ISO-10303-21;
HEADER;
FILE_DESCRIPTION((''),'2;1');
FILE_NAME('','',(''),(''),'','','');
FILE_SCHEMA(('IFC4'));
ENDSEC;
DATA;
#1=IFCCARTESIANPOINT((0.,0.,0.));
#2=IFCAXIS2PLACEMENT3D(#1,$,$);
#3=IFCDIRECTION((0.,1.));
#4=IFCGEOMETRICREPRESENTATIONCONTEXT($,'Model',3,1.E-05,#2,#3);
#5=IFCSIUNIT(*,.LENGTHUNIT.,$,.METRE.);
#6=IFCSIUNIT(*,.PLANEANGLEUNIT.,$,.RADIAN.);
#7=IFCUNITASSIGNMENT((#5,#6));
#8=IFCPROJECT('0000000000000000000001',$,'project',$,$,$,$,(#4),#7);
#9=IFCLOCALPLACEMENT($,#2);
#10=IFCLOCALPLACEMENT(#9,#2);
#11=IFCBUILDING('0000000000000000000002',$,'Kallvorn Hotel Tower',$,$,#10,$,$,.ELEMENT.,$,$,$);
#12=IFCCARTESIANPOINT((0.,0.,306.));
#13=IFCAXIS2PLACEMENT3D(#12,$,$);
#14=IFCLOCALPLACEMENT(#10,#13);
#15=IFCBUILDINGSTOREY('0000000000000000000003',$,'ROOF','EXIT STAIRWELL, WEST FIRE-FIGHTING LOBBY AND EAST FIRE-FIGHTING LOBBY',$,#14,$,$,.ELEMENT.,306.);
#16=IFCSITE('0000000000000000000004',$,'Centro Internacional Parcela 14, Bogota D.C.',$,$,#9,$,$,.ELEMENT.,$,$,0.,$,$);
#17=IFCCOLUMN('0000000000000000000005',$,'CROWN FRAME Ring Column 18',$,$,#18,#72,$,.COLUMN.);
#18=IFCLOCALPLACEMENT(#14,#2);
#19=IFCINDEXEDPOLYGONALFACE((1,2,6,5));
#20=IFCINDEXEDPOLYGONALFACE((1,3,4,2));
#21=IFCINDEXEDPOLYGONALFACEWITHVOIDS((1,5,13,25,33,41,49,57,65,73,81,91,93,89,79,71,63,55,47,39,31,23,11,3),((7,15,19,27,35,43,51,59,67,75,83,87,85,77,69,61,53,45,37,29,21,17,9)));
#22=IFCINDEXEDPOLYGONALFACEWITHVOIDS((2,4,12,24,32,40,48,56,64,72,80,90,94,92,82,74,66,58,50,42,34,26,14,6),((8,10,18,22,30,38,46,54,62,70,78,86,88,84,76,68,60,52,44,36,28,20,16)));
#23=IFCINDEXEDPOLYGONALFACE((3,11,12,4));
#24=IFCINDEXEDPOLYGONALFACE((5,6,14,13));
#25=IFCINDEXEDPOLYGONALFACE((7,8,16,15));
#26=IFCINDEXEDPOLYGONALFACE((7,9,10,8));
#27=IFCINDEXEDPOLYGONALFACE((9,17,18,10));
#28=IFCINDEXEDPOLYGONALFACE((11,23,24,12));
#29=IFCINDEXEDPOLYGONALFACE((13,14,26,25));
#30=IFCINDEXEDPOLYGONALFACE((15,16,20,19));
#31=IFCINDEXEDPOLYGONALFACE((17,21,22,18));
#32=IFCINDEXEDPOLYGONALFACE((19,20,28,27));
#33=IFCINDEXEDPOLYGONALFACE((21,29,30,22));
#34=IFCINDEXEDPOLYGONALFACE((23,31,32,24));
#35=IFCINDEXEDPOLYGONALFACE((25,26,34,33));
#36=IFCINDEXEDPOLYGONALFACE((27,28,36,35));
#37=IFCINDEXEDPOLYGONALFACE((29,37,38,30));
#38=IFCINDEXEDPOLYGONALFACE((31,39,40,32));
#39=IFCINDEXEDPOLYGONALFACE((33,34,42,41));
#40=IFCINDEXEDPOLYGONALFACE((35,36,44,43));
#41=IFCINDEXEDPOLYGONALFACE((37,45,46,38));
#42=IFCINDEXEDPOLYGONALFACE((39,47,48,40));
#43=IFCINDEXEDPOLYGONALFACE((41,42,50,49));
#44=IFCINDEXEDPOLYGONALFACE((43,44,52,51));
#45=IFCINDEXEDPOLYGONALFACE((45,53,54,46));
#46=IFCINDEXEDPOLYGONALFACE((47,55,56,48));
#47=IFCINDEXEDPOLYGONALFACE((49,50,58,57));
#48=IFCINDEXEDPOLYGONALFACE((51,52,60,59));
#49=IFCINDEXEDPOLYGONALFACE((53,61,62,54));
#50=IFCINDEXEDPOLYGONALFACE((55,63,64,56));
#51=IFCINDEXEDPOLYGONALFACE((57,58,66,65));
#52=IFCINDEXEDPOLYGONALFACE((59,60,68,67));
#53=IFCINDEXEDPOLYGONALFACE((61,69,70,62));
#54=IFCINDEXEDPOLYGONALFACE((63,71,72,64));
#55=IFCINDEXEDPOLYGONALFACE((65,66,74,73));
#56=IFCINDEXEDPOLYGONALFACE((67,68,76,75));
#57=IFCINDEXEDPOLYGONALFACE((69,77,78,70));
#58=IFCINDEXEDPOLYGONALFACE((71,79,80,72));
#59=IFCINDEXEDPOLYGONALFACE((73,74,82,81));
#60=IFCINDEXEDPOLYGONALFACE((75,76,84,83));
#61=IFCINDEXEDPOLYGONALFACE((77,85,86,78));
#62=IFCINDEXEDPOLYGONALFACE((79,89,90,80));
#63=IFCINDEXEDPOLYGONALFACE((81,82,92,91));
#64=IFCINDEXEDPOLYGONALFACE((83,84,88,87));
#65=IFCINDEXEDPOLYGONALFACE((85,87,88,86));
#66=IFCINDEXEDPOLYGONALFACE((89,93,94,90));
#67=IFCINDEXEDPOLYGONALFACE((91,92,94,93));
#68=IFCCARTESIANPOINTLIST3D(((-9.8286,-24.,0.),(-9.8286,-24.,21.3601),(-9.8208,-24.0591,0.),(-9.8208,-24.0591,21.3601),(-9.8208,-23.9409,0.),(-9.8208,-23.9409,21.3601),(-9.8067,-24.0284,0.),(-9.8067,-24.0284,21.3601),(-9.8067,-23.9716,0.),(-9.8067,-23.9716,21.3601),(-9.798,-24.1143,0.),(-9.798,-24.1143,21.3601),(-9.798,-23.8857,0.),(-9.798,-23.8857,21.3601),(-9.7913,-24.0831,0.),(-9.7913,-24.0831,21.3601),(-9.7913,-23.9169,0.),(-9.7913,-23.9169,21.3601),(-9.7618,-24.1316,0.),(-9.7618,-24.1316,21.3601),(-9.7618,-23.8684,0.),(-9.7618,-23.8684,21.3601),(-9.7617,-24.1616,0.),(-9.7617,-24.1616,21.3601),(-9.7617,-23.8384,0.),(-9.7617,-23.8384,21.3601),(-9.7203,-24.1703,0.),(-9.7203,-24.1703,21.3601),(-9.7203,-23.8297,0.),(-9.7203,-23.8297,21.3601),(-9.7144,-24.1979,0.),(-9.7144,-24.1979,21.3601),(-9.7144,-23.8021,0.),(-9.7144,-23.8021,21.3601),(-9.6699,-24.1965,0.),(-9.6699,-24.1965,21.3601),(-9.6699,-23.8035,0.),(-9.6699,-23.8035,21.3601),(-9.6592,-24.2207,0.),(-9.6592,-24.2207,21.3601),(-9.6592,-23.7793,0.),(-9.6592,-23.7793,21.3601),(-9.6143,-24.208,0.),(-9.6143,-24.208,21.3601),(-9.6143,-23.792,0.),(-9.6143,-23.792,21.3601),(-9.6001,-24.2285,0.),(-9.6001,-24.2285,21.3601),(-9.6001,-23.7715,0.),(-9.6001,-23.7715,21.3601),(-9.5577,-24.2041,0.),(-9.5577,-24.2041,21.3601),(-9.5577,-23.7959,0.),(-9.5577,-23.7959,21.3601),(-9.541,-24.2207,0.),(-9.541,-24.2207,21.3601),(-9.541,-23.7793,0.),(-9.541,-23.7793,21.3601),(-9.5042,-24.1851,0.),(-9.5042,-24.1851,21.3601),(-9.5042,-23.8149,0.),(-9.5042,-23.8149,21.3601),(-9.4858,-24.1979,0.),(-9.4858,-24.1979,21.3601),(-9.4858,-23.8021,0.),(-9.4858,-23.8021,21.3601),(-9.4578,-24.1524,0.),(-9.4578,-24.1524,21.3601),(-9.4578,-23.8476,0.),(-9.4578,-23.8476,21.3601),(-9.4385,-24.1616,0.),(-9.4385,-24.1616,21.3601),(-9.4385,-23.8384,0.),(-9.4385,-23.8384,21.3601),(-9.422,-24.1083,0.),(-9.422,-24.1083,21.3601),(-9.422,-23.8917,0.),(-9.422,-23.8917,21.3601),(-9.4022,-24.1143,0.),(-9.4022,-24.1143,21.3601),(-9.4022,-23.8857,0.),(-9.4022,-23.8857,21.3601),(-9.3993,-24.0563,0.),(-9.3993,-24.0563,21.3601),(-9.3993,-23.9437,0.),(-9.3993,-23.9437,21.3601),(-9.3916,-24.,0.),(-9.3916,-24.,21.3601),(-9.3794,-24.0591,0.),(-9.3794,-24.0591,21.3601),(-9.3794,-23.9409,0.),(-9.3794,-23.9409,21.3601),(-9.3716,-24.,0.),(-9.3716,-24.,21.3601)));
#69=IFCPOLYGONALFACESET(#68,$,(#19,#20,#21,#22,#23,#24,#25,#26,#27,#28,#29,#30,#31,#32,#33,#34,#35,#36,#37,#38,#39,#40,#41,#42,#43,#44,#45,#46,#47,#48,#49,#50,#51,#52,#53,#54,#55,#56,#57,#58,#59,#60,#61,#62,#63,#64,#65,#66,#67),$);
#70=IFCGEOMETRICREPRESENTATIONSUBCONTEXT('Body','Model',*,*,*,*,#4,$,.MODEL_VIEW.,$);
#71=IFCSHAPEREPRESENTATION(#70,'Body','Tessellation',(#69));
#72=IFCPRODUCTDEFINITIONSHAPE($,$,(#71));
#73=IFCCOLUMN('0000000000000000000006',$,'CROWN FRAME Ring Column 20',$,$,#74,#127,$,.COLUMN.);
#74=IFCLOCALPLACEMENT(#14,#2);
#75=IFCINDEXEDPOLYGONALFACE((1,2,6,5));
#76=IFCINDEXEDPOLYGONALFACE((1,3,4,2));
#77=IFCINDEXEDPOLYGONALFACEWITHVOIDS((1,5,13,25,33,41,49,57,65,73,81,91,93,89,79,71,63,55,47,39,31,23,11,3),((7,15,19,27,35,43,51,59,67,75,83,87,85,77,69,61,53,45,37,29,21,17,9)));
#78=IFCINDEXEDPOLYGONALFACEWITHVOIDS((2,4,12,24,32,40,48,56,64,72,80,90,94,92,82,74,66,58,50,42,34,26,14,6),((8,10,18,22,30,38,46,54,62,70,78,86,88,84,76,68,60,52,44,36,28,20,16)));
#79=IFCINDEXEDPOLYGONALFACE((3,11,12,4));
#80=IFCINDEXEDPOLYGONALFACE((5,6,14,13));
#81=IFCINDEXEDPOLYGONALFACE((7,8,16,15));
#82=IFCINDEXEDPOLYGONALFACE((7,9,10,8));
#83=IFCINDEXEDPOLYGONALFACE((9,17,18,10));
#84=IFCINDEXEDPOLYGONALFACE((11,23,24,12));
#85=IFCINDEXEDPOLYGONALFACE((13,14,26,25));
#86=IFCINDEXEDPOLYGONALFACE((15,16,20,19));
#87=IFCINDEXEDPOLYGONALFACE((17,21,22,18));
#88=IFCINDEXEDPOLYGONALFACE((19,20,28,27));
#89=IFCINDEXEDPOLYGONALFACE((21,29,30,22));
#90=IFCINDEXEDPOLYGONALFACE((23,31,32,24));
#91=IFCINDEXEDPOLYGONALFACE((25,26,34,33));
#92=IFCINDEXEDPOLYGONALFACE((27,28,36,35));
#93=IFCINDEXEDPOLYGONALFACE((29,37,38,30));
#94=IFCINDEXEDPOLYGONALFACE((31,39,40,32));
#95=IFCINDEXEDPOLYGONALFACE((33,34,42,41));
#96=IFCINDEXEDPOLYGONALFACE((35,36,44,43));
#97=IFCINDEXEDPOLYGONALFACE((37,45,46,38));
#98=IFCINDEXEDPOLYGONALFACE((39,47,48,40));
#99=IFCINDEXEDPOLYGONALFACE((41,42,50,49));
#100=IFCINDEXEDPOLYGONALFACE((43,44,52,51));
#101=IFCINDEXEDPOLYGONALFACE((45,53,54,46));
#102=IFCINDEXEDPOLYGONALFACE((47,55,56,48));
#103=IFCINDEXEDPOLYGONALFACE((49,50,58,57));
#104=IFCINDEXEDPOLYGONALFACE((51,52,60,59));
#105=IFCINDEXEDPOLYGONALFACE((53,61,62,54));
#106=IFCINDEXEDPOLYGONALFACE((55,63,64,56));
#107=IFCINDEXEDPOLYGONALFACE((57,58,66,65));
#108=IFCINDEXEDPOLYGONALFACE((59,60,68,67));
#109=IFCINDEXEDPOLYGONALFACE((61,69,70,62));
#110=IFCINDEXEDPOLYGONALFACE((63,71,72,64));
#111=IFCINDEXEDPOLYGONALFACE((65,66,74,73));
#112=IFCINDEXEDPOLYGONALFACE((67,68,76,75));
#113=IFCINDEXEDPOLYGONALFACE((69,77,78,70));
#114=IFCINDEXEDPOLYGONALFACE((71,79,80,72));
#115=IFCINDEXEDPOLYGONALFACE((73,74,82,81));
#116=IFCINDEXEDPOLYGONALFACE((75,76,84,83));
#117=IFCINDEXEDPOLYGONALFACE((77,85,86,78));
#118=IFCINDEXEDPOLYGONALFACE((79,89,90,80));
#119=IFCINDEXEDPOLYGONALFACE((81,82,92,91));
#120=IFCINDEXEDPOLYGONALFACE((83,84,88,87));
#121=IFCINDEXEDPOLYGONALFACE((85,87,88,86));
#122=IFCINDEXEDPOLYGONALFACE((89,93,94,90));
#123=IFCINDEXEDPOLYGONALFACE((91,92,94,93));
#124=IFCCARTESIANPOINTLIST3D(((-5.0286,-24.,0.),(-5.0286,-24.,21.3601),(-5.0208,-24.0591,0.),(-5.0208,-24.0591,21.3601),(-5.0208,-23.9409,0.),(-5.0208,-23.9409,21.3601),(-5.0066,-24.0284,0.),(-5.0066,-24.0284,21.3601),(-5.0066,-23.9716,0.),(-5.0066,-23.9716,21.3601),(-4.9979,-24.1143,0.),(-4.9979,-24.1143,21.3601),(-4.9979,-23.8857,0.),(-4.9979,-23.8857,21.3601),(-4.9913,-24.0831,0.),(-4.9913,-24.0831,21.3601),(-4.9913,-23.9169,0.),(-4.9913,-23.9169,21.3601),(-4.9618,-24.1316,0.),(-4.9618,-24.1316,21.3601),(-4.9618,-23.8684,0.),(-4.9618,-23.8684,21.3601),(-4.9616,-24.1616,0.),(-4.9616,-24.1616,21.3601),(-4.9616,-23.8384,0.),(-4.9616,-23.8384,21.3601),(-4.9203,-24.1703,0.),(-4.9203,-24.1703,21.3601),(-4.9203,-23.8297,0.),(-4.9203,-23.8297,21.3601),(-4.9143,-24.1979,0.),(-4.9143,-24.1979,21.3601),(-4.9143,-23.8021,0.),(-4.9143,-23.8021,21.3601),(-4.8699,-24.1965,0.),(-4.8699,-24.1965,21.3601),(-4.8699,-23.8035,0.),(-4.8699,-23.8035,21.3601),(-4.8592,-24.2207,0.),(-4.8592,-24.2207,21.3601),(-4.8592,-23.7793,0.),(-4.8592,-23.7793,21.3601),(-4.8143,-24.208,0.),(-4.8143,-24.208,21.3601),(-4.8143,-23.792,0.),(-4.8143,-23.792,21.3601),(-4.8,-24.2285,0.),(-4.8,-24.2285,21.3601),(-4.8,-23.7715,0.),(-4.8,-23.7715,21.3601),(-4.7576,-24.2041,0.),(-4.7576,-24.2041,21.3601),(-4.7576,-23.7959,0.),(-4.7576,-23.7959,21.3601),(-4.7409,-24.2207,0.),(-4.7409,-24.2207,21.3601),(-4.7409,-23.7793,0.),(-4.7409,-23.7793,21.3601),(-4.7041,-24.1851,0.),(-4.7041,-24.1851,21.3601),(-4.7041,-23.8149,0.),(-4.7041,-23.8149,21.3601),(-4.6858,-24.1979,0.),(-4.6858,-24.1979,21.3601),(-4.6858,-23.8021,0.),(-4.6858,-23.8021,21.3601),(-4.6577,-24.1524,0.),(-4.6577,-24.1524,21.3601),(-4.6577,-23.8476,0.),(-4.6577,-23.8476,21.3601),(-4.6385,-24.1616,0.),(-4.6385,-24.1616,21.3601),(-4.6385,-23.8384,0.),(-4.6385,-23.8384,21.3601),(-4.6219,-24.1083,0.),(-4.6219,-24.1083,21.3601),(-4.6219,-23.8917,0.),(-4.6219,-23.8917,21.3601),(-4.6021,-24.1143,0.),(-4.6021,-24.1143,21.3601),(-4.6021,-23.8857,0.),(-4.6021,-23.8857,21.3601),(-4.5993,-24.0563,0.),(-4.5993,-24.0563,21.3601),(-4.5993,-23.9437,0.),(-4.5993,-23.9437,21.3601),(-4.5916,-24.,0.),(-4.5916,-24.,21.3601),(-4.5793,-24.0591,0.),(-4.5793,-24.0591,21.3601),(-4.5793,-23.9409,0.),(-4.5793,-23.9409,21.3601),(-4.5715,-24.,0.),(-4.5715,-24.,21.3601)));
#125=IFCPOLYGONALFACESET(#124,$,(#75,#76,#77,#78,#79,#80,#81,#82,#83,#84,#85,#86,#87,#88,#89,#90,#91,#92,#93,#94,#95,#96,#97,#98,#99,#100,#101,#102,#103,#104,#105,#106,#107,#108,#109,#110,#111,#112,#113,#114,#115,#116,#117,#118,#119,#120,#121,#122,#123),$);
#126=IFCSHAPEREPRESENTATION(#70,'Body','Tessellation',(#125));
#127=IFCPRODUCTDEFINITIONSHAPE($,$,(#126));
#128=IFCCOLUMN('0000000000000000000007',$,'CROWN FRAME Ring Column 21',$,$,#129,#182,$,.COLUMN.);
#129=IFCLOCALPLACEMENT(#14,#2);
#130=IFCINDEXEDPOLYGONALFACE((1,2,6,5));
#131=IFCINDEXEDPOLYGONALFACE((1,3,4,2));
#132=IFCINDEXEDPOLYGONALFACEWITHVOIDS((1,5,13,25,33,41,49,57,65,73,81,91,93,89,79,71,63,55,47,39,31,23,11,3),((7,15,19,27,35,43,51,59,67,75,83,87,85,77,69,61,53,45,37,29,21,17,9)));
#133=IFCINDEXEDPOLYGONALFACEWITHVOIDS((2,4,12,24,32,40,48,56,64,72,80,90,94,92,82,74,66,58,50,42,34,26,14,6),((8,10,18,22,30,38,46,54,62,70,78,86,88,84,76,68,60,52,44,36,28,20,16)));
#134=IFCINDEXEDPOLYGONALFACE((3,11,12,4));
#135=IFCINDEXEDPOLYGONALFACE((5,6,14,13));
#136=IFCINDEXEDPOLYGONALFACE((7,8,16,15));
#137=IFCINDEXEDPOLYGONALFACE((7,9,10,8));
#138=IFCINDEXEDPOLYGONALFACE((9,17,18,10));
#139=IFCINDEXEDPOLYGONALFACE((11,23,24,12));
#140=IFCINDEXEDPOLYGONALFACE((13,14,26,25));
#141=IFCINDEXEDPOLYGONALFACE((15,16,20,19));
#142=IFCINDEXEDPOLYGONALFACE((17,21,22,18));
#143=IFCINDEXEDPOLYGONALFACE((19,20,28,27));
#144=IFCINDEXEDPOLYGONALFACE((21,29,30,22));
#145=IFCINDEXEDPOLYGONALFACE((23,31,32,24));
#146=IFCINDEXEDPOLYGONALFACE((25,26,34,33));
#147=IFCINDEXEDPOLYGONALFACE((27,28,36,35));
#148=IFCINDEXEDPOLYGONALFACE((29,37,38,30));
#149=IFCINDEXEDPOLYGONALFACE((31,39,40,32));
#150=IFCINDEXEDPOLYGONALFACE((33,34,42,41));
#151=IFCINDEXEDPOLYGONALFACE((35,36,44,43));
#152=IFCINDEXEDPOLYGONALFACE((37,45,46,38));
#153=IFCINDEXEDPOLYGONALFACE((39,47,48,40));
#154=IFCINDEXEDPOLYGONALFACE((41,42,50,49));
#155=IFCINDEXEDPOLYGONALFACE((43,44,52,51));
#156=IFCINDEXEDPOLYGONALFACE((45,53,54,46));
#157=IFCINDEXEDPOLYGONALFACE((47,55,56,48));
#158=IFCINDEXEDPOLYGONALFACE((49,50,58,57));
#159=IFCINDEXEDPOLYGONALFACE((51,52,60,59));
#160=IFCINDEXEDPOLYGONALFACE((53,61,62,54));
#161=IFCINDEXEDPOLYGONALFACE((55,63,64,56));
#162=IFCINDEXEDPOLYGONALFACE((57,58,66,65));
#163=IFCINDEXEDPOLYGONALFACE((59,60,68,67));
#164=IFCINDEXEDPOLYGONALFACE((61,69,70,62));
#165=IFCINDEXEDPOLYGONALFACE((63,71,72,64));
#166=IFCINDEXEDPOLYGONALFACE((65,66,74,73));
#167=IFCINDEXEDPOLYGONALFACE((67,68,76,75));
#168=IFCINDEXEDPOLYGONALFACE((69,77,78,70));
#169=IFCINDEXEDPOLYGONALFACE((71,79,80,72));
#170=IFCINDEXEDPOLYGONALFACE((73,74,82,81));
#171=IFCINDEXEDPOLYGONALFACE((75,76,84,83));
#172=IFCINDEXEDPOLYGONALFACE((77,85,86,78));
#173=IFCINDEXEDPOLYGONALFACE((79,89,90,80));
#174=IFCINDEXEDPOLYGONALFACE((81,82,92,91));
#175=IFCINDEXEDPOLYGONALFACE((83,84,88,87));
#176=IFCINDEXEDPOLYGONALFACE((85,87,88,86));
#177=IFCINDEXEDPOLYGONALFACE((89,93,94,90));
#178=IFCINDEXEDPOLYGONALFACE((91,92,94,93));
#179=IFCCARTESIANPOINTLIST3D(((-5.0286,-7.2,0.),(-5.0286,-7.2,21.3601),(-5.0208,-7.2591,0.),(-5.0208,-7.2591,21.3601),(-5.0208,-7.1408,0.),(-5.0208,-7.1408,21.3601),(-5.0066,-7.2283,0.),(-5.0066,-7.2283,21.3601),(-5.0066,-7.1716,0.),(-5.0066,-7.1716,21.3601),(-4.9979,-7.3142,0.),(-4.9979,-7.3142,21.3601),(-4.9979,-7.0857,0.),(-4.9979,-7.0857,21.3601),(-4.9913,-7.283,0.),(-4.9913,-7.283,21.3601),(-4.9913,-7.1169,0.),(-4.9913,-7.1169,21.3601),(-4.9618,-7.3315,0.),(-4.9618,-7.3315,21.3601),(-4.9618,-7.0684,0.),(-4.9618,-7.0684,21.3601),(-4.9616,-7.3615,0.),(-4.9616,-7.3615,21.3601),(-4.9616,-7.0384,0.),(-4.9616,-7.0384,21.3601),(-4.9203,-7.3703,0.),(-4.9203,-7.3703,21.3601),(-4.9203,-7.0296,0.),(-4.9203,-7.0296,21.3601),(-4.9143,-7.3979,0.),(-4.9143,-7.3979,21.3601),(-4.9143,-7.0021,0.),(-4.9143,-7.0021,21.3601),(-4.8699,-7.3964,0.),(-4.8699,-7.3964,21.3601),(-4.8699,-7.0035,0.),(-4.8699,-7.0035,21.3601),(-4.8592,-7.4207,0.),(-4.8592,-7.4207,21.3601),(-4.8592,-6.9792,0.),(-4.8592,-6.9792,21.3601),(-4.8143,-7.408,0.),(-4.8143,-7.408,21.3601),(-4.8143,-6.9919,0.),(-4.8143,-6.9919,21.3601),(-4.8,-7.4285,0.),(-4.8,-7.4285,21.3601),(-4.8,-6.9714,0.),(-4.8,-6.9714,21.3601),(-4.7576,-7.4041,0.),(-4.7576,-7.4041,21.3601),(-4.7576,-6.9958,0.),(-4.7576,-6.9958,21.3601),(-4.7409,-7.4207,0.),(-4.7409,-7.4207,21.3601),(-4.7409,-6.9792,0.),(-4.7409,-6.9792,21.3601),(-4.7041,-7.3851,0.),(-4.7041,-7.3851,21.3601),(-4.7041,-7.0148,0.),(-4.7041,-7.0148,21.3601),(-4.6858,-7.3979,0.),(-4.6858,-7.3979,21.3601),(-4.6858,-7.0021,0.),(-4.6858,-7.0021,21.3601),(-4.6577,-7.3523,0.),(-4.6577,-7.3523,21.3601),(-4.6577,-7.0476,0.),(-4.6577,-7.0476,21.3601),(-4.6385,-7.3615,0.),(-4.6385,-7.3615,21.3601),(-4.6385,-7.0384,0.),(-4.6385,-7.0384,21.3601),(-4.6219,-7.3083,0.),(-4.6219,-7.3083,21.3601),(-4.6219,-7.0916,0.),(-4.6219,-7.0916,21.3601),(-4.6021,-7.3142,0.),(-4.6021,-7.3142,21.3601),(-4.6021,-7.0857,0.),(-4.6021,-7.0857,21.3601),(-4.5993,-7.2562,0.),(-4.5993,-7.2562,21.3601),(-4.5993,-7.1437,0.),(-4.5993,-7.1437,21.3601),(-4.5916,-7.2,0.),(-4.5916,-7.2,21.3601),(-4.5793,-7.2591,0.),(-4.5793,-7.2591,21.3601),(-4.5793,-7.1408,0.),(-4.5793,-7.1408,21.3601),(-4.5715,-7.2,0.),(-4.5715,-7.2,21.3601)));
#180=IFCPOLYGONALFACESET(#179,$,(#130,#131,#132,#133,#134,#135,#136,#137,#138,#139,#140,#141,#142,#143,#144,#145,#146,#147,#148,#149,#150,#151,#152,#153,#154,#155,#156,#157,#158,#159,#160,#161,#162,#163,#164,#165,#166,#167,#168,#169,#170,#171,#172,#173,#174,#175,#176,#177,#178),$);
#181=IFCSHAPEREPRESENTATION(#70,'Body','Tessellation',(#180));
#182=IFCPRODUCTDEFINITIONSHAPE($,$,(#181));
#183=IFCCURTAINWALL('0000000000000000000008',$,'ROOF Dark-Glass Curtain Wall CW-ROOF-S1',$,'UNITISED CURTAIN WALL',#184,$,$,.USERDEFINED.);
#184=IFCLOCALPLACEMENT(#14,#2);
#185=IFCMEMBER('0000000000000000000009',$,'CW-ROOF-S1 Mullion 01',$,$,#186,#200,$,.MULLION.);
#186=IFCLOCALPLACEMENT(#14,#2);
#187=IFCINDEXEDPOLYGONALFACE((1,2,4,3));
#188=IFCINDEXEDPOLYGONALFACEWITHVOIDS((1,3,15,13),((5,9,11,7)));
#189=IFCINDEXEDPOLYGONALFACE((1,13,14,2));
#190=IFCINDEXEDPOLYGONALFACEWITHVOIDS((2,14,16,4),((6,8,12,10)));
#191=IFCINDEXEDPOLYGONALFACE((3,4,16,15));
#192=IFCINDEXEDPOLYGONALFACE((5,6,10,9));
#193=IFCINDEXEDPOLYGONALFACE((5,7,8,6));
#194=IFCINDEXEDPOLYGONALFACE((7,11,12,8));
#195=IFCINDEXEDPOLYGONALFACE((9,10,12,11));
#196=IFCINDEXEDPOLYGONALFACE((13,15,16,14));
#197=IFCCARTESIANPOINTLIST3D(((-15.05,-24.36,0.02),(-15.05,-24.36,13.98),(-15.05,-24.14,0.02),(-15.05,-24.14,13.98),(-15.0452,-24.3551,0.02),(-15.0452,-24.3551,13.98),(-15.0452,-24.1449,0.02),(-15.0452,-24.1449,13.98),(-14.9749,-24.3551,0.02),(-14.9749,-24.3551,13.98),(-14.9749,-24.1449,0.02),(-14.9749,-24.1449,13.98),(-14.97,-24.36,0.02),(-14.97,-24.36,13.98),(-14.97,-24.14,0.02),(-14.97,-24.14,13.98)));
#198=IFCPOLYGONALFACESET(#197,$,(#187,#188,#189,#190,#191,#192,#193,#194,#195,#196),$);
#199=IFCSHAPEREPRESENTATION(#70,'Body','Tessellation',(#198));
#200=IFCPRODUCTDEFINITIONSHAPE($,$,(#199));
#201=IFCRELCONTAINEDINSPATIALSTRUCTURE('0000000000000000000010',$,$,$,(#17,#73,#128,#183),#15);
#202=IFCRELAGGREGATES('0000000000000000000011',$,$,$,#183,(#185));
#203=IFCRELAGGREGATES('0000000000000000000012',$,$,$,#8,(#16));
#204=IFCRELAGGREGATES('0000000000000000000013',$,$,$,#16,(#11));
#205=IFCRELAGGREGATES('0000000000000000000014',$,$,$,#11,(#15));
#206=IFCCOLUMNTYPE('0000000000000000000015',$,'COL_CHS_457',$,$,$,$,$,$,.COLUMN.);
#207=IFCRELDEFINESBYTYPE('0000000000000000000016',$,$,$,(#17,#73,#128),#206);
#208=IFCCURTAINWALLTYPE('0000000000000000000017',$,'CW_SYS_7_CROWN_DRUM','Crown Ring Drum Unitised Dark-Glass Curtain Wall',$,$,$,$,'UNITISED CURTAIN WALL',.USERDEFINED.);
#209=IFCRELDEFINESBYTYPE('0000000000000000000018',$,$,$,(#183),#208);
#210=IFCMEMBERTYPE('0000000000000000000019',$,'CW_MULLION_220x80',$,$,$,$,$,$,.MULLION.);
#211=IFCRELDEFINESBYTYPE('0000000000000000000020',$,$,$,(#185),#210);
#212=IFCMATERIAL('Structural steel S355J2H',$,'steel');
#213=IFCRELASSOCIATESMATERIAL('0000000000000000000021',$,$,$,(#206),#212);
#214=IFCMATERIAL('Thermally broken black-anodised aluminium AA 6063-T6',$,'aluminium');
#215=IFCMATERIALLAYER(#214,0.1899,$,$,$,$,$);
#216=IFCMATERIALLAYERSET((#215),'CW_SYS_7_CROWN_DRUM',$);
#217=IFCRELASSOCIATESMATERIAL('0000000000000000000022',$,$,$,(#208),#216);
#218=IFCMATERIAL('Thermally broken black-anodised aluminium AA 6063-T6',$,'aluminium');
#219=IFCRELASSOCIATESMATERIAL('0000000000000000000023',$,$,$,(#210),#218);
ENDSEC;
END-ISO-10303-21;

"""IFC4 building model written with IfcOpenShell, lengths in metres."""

from ifc_helpers import new_model, si_unit, direction, frame, origin, origin_2d, place, context, subcontext, project, spatial, hollow_rectangle, hollow_circle, extrude, material, layer, layer_set, material_profile, profile_set, type_object, element, aggregate, save


model = new_model("IFC4")

# Units and contexts
model_context = context("Model", 3, precision=1e-05, world=origin(), true_north=direction((0.0, 1.0)))
body_context = subcontext(model_context, "Body", "Model", "MODEL_VIEW")
ifc_project = project(units=[si_unit("LENGTHUNIT", "METRE"), si_unit("PLANEANGLEUNIT", "RADIAN")], contexts=[model_context])

# Site, building, storey
site_placement = place(None, origin())
site = spatial("IfcSite", under=ifc_project, at=site_placement, Name="Centro Internacional Parcela 14, Bogota D.C.", CompositionType="ELEMENT", RefElevation=0.0)
building_placement = place(site_placement, origin())
building = spatial("IfcBuilding", under=site, at=building_placement, Name="Kallvorn Hotel Tower", CompositionType="ELEMENT")
storey_placement = place(building_placement, frame((0.0, 0.0, 306.0)))
storey = spatial("IfcBuildingStorey", under=building, at=storey_placement, Name="ROOF", Description="EXIT STAIRWELL, WEST FIRE-FIGHTING LOBBY AND EAST FIRE-FIGHTING LOBBY", CompositionType="ELEMENT", Elevation=306.0)

# Columns
ifc_material_1 = material(Name="Structural steel S355J2H", Category="steel")
ifc_material_profile_1 = material_profile(ifc_material_1, hollow_circle(Radius=0.2285, WallThickness=0.02, at=origin_2d()), Name="CHS 457x20")
ifc_profile_set_1 = profile_set([ifc_material_profile_1], Name="Structural steel S355J2H")
column_type = type_object("IfcColumnType", Name="COL_CHS_457", PredefinedType="COLUMN", material=ifc_profile_set_1)
for number, where, z_axis, x_axis, name in (
    (1, (-9.6001, -24.0, 0.0), (0.0, 0.0, 1.0), (1.0, 0.0, 0.0), "CROWN FRAME Ring Column 18"),
    (2, (-4.8, -24.0, 0.0), (0.0, 0.0, 1.0), (1.0, 0.0, 0.0), "CROWN FRAME Ring Column 20"),
    (3, (-4.8, -7.2, 0.0), (0.0, 0.0, 1.0), (1.0, 0.0, 0.0), "CROWN FRAME Ring Column 21"),
):
    element("IfcColumn", number, at=place(storey_placement, frame(where, z_axis=z_axis, x_axis=x_axis)), inside=storey, type_object=column_type, Name=name, PredefinedType="COLUMN", context=body_context, shape_type="SweptSolid", body=[
        extrude(hollow_circle(Radius=0.2285, WallThickness=0.02, at=origin_2d()), origin(), (0.0, 0.0, 1.0), 21.3601),
    ])

# Curtain wall, member
ifc_material_2 = material(Name="Thermally broken black-anodised aluminium AA 6063-T6", Category="aluminium")
ifc_layer_1 = layer(ifc_material_2, 0.1899)
ifc_layer_set_1 = layer_set([ifc_layer_1], Name="CW_SYS_7_CROWN_DRUM")
curtain_wall_type = type_object("IfcCurtainWallType", Name="CW_SYS_7_CROWN_DRUM", Description="Crown Ring Drum Unitised Dark-Glass Curtain Wall", ElementType="UNITISED CURTAIN WALL", PredefinedType="USERDEFINED", material=ifc_layer_set_1)
curtain_wall_1_placement = place(storey_placement, origin())
curtain_wall_1 = element("IfcCurtainWall", 4, at=curtain_wall_1_placement, inside=storey, type_object=curtain_wall_type, Name="ROOF Dark-Glass Curtain Wall CW-ROOF-S1", ObjectType="UNITISED CURTAIN WALL", PredefinedType="USERDEFINED")
ifc_material_3 = material(Name="Thermally broken black-anodised aluminium AA 6063-T6", Category="aluminium")
ifc_material_profile_2 = material_profile(ifc_material_3, hollow_rectangle(XDim=0.0801, YDim=0.22, WallThickness=0.0049, at=origin_2d()), Name="MUL 220x80")
ifc_profile_set_2 = profile_set([ifc_material_profile_2], Name="Thermally broken black-anodised aluminium AA 6063-T6")
member_type = type_object("IfcMemberType", Name="CW_MULLION_220x80", PredefinedType="MULLION", material=ifc_profile_set_2)
member_1_placement = place(storey_placement, frame((-15.01, -24.25, 0.02), z_axis=(0.0, 0.0, 1.0), x_axis=(1.0, 0.0, 0.0)))
member_1 = element("IfcMember", 5, at=member_1_placement, type_object=member_type, Name="CW-ROOF-S1 Mullion 01", PredefinedType="MULLION", context=body_context, shape_type="SweptSolid", body=[
    extrude(hollow_rectangle(XDim=0.0801, YDim=0.22, WallThickness=0.0049, at=origin_2d()), origin(), (0.0, 0.0, 1.0), 13.96),
])

aggregate(curtain_wall_1, [member_1])

save(model, "model.ifc")
